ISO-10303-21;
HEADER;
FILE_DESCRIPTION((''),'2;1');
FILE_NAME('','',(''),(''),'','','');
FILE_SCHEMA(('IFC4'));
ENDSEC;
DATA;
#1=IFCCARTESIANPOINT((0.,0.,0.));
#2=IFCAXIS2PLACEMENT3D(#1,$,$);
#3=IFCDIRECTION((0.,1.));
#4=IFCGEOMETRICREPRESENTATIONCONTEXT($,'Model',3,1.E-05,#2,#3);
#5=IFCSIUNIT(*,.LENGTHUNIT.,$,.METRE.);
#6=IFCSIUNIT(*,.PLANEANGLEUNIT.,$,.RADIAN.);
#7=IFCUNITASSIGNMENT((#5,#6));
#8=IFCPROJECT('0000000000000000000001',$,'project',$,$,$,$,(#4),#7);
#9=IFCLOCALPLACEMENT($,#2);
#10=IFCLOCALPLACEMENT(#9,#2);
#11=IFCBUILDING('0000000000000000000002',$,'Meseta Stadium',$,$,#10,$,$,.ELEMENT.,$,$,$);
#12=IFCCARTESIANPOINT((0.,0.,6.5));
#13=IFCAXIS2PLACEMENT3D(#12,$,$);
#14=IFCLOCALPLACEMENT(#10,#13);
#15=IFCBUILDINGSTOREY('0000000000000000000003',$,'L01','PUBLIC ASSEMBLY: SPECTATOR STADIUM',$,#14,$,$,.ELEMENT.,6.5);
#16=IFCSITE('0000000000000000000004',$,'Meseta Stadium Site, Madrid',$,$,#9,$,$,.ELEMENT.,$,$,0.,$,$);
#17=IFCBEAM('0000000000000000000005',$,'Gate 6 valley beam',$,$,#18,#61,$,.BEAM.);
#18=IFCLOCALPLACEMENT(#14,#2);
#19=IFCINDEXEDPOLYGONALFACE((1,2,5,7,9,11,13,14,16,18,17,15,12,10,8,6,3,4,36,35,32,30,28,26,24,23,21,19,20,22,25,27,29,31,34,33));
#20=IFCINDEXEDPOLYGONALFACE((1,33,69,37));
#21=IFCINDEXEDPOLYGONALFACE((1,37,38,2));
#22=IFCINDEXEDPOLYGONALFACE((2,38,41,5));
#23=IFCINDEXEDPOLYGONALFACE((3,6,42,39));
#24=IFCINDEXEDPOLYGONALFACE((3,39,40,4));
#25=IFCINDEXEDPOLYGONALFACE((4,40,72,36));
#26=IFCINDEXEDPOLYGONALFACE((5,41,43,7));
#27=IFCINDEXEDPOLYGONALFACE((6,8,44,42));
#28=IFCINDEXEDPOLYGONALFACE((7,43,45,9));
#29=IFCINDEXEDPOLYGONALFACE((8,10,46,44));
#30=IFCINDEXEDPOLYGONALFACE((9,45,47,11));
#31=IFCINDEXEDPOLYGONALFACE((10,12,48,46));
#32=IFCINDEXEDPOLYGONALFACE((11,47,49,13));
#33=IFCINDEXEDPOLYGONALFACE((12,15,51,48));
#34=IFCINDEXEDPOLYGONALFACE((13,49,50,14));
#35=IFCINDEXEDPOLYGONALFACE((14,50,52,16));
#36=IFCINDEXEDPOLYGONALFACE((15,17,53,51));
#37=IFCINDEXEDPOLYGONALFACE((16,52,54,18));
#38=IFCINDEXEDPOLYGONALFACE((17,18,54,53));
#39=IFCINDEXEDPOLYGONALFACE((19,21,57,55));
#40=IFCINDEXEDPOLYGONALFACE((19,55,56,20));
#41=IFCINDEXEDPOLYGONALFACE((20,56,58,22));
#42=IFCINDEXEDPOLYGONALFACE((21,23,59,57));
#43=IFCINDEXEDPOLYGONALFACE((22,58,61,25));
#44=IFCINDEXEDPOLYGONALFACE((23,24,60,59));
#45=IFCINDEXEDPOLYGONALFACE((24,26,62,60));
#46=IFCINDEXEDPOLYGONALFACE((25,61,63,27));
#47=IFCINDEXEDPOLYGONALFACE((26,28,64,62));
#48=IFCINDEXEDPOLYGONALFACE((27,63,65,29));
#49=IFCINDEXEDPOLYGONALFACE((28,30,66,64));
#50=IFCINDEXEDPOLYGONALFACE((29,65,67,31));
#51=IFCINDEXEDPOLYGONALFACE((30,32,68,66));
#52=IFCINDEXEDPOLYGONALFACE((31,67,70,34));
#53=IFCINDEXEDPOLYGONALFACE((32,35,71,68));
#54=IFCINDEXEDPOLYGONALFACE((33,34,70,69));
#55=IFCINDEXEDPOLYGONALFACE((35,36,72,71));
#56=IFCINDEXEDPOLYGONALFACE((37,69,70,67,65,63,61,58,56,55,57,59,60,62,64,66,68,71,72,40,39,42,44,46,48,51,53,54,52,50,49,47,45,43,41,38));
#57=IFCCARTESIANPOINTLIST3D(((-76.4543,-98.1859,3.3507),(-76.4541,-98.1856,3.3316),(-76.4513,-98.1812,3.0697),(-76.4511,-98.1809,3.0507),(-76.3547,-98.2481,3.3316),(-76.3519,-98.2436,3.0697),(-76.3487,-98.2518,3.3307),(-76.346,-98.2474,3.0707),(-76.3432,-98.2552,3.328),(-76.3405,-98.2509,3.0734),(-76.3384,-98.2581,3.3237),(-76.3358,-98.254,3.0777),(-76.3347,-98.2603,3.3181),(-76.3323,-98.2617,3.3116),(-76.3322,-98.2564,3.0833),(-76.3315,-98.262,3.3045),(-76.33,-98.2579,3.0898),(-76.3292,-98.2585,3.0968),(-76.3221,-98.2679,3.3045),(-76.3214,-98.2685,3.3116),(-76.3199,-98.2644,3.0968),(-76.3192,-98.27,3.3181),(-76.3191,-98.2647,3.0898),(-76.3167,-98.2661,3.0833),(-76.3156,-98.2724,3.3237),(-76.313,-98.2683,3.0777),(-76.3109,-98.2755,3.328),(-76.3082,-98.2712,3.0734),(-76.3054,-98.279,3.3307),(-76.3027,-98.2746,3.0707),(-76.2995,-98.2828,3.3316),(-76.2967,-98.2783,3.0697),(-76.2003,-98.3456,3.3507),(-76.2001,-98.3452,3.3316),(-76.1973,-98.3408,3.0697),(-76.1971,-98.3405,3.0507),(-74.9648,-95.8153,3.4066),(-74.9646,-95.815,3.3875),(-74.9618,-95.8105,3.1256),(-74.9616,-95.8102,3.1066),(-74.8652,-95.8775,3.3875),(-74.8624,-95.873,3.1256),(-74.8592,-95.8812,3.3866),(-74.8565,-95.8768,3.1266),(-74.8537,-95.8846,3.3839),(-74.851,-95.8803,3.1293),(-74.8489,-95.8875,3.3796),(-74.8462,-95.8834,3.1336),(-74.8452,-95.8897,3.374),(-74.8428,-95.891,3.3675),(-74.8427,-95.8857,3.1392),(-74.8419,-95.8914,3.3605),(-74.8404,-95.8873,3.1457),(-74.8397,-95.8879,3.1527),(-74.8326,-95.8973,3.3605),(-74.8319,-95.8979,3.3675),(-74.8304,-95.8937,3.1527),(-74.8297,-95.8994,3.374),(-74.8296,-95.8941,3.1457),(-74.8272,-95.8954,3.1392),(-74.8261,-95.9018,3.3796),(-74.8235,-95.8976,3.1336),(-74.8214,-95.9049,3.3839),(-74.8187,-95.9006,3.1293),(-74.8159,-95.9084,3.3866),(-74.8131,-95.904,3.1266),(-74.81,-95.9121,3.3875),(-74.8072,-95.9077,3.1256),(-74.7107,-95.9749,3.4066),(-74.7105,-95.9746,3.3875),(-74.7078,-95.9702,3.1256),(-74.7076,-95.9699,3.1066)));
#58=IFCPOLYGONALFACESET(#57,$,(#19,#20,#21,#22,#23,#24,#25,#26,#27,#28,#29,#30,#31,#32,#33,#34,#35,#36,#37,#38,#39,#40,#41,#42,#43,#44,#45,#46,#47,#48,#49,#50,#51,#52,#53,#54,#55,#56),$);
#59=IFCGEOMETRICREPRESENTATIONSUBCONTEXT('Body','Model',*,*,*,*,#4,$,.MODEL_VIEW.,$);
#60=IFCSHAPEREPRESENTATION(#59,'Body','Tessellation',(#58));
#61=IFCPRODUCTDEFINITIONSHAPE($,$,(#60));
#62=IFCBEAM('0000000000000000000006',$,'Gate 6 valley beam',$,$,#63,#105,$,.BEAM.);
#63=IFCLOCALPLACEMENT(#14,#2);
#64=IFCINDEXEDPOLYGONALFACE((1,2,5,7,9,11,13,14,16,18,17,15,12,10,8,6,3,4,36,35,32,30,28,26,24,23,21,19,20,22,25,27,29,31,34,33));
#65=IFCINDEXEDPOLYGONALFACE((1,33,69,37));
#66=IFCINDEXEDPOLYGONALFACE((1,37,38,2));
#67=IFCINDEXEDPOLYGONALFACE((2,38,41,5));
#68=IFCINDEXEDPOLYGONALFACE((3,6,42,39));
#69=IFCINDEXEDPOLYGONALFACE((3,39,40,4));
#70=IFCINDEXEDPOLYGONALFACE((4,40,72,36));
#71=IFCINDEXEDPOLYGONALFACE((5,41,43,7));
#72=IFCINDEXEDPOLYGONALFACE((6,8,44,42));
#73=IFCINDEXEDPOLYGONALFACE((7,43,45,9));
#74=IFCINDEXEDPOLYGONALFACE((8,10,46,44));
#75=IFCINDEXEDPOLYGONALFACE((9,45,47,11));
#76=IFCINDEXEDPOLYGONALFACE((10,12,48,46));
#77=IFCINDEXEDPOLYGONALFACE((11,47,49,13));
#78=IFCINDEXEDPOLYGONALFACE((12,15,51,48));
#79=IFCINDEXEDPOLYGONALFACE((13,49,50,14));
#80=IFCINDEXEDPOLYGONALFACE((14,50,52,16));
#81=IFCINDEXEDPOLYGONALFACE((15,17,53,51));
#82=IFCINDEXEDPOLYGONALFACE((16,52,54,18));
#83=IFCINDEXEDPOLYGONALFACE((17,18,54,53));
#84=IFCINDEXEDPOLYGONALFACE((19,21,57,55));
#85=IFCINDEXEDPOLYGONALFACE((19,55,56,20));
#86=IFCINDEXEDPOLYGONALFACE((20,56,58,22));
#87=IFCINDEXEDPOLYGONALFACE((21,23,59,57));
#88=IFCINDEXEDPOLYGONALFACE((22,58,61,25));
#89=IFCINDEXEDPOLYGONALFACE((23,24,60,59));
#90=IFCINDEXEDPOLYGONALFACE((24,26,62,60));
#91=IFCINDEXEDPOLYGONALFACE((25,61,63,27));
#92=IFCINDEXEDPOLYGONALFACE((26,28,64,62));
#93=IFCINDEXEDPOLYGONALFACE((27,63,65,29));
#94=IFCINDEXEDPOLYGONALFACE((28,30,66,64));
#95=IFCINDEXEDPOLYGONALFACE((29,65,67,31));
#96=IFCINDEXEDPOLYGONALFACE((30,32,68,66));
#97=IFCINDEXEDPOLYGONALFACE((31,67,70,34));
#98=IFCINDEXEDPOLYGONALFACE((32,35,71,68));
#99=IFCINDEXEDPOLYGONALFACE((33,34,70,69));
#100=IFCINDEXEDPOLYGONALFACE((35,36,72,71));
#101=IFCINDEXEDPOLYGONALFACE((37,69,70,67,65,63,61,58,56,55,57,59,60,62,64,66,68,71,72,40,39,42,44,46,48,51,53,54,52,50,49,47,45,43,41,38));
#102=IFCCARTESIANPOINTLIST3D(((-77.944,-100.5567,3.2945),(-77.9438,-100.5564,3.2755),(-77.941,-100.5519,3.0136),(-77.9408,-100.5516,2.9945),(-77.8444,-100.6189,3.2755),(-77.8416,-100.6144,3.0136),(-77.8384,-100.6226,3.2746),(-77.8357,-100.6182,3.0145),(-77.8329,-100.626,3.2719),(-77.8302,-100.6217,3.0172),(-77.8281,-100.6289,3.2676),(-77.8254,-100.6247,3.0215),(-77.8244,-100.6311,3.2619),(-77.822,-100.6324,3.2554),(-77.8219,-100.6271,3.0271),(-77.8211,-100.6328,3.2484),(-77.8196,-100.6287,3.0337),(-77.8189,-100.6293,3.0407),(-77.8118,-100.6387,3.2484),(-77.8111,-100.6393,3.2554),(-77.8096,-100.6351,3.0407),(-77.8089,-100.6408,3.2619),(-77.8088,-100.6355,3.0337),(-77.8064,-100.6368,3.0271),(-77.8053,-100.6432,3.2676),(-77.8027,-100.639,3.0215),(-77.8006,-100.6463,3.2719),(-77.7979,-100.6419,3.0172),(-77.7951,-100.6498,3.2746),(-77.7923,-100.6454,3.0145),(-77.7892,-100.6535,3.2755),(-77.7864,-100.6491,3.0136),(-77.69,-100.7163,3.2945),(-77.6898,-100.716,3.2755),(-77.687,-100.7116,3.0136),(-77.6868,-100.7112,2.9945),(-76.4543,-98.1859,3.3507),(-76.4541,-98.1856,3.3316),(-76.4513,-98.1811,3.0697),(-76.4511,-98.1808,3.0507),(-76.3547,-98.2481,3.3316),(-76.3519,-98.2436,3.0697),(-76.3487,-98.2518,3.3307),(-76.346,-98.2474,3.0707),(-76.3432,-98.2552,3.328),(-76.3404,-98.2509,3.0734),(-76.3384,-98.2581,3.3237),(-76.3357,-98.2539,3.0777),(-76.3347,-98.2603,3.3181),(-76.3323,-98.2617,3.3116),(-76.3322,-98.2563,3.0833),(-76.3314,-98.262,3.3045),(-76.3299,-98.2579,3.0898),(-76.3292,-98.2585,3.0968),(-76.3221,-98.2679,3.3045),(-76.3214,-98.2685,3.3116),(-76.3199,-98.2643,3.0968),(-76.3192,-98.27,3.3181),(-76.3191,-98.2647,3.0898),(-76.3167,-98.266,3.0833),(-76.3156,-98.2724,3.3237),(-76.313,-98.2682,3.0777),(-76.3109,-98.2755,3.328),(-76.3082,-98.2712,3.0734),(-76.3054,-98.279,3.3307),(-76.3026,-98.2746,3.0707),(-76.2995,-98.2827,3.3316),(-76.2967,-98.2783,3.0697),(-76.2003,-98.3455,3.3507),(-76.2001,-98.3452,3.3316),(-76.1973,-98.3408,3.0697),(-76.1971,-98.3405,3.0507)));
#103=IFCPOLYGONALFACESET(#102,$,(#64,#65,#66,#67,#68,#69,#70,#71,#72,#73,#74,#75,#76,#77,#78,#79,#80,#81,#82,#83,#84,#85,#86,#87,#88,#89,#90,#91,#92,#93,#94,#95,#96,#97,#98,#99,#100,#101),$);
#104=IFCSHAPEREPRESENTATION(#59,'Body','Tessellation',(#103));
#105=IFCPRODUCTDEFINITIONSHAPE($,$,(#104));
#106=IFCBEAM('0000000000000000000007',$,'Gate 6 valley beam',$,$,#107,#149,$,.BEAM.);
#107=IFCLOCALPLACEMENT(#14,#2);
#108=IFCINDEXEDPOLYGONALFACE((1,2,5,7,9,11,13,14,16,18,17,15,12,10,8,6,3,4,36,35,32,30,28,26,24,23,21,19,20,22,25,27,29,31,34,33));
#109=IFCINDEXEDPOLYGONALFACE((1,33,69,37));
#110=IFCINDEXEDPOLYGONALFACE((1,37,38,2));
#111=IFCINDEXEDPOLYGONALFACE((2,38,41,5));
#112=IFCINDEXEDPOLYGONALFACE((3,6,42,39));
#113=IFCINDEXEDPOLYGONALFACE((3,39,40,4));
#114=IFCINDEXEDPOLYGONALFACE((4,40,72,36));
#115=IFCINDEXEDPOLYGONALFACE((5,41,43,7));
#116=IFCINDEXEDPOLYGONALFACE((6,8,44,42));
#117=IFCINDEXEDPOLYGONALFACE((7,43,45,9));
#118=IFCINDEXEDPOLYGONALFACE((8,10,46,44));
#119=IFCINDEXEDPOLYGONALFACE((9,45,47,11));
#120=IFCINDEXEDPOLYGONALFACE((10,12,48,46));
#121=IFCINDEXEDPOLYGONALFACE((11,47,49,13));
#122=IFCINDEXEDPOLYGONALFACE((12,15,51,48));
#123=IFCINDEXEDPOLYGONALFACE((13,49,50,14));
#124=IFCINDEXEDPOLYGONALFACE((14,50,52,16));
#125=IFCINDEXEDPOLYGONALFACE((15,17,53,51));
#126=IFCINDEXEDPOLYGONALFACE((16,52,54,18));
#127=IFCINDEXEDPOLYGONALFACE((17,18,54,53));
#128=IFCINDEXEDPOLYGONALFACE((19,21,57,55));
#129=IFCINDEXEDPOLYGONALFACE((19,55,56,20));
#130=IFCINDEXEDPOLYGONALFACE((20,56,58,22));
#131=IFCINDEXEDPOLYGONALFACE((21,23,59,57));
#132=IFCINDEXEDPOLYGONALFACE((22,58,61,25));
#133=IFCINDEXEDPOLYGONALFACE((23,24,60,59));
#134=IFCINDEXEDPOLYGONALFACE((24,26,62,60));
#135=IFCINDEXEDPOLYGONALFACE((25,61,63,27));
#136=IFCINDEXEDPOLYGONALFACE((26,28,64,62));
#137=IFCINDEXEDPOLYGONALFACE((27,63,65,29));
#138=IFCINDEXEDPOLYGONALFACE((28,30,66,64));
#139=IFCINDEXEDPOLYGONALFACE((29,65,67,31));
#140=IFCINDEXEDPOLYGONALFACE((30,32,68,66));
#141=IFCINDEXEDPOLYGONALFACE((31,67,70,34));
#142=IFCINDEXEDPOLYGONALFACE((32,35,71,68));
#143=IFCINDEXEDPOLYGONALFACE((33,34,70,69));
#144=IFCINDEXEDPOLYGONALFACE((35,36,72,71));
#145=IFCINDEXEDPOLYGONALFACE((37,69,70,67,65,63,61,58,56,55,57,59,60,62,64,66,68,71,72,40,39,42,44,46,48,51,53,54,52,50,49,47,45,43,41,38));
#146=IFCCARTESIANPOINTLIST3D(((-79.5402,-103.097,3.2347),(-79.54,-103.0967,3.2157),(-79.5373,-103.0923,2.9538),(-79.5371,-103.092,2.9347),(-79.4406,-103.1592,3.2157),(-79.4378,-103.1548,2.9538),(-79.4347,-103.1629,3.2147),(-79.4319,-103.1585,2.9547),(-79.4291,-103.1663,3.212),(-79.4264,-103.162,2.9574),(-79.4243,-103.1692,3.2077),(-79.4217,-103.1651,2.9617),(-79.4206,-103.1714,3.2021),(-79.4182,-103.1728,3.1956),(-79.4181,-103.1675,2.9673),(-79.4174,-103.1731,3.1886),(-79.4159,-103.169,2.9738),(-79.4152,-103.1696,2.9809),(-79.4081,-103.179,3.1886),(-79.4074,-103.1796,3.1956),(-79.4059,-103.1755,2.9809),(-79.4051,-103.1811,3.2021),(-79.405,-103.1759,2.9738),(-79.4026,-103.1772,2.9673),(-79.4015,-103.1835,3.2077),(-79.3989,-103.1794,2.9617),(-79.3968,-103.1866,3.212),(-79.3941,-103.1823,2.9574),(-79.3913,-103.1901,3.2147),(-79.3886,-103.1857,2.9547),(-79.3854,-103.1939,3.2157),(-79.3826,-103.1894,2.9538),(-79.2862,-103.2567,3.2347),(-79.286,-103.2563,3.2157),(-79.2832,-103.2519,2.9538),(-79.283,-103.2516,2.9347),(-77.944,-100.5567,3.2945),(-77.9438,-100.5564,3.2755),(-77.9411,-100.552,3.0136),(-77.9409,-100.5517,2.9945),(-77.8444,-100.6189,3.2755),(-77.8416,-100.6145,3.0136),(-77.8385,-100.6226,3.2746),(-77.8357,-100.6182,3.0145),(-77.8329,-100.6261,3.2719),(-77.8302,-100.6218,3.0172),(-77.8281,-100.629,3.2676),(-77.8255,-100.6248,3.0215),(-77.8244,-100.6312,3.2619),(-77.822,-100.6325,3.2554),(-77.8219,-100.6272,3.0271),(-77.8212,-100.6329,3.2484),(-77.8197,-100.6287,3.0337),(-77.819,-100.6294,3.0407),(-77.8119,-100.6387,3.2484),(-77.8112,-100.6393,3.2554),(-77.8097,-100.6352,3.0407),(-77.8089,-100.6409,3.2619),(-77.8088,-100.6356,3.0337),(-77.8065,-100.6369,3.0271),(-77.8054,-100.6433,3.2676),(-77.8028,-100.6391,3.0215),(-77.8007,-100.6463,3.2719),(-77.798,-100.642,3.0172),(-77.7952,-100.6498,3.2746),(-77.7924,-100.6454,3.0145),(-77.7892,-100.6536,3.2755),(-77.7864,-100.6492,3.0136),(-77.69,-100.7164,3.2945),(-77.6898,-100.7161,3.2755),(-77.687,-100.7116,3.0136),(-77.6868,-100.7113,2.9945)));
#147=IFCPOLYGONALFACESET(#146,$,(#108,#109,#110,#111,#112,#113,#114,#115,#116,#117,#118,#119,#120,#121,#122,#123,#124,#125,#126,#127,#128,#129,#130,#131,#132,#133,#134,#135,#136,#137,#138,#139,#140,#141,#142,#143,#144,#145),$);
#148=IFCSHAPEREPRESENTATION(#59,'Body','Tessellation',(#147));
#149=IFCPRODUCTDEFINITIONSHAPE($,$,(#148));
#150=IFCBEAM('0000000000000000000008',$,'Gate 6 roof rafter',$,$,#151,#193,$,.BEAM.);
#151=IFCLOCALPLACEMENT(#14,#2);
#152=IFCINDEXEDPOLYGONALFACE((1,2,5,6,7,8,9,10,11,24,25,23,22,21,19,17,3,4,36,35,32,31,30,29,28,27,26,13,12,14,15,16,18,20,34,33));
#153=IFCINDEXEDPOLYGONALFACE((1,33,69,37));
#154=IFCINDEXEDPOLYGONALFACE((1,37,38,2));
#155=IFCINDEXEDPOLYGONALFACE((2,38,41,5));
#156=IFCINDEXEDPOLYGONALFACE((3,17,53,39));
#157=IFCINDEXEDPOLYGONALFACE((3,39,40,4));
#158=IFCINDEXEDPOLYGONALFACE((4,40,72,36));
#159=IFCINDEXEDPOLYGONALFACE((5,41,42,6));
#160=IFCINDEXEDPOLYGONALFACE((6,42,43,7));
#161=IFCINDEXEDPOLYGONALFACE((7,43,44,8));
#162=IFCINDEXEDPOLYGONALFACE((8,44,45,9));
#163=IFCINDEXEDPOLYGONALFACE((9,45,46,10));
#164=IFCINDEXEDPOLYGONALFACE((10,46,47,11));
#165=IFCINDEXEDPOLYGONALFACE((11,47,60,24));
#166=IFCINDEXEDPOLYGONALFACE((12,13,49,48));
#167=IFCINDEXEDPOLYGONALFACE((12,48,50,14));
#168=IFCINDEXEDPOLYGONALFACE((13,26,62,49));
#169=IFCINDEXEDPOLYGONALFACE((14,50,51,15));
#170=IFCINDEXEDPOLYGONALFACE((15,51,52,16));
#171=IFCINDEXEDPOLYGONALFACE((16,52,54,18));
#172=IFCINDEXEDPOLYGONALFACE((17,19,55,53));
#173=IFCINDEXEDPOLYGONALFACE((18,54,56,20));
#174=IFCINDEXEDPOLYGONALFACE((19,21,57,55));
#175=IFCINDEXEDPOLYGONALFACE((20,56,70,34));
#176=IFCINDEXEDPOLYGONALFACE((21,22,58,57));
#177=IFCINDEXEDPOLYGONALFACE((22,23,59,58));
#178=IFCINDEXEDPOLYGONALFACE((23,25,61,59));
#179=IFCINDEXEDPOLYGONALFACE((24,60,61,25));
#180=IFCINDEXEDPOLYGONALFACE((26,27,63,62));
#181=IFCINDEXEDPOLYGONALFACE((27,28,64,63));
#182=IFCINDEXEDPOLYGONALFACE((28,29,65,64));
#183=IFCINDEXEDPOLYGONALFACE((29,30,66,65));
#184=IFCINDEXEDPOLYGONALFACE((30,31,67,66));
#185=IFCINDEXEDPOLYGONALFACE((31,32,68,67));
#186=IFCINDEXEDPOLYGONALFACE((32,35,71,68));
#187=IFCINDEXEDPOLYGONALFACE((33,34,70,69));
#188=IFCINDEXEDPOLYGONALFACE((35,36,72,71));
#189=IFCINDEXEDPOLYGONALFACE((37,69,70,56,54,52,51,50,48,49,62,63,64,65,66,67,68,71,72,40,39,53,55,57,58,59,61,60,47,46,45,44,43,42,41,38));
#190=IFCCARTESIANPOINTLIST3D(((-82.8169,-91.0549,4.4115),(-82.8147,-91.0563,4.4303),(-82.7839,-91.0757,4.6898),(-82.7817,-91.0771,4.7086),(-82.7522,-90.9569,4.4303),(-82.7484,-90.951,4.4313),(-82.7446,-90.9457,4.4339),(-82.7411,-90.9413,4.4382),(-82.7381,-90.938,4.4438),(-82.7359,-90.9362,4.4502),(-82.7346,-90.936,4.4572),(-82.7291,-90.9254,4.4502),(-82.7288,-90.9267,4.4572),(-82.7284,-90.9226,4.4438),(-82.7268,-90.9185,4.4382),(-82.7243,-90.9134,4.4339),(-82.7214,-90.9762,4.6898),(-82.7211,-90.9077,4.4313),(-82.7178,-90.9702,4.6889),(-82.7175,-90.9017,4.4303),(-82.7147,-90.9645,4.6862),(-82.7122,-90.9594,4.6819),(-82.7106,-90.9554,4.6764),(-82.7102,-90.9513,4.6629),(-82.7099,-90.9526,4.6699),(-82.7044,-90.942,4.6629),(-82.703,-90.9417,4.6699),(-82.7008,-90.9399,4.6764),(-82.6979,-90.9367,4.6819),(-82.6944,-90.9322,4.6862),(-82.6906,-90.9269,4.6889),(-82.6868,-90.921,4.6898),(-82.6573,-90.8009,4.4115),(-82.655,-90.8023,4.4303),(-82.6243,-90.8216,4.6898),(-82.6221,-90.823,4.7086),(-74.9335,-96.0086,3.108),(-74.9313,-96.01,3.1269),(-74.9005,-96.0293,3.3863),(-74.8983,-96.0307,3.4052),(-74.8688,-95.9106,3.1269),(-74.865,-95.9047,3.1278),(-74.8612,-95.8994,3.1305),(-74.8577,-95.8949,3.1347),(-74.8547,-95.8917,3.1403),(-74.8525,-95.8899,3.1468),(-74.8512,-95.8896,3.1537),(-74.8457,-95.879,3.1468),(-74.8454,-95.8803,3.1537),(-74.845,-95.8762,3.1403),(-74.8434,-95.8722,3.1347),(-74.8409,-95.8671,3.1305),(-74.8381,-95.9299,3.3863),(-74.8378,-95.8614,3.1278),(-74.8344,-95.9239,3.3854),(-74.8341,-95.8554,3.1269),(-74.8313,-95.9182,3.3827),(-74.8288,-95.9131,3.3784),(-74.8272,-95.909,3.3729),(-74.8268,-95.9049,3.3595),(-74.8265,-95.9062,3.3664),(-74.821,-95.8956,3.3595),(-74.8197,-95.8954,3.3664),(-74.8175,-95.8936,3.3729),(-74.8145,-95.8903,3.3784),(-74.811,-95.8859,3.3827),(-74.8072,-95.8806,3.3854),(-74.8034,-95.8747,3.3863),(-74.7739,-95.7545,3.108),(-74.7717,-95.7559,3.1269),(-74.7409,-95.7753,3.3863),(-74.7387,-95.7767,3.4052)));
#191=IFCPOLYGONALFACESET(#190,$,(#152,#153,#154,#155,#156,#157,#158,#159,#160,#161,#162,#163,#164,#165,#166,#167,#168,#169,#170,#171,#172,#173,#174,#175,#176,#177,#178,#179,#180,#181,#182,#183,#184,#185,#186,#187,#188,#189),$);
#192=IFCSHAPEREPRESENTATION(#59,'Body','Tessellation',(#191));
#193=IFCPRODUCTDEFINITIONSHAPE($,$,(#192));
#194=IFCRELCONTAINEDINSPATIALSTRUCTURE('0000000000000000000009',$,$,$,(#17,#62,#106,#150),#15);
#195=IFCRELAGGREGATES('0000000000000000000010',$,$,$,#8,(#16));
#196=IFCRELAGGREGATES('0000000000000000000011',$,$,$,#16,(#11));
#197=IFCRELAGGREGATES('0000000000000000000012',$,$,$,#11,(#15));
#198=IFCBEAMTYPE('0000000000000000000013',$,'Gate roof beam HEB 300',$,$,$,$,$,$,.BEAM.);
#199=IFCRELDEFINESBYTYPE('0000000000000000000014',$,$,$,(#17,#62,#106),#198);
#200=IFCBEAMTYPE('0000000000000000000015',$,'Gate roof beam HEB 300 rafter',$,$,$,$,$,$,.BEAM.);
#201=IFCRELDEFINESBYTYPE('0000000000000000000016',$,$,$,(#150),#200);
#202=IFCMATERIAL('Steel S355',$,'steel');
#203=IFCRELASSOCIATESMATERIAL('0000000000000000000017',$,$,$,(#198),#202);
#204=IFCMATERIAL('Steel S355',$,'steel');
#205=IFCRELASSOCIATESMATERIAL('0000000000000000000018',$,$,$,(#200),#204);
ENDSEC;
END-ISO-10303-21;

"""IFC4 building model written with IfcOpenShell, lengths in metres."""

from ifc_helpers import new_model, si_unit, direction, frame, origin, origin_2d, place, context, subcontext, project, spatial, i_section, extrude, material, material_profile, profile_set, type_object, element, save


model = new_model("IFC4")

# Units and contexts
model_context = context("Model", 3, precision=1e-05, world=origin(), true_north=direction((0.0, 1.0)))
body_context = subcontext(model_context, "Body", "Model", "MODEL_VIEW")
ifc_project = project(units=[si_unit("LENGTHUNIT", "METRE"), si_unit("PLANEANGLEUNIT", "RADIAN")], contexts=[model_context])

# Site, building, storey
site_placement = place(None, origin())
site = spatial("IfcSite", under=ifc_project, at=site_placement, Name="Meseta Stadium Site, Madrid", CompositionType="ELEMENT", RefElevation=0.0)
building_placement = place(site_placement, origin())
building = spatial("IfcBuilding", under=site, at=building_placement, Name="Meseta Stadium", CompositionType="ELEMENT")
storey_placement = place(building_placement, frame((0.0, 0.0, 6.5)))
storey = spatial("IfcBuildingStorey", under=building, at=storey_placement, Name="L01", Description="PUBLIC ASSEMBLY: SPECTATOR STADIUM", CompositionType="ELEMENT", Elevation=6.5)

# Beams
ifc_material_1 = material(Name="Steel S355", Category="steel")
ifc_material_profile_1 = material_profile(ifc_material_1, i_section(OverallWidth=0.3, OverallDepth=0.3, WebThickness=0.011, FlangeThickness=0.019, FilletRadius=0.0271, at=origin_2d()), Name="HEB 300")
ifc_profile_set_1 = profile_set([ifc_material_profile_1], Name="Steel S355")
beam_type_1 = type_object("IfcBeamType", Name="Gate roof beam HEB 300", PredefinedType="BEAM", material=ifc_profile_set_1)
beam_1_placement = place(storey_placement, frame((-74.8362, -95.8926, 3.2566), z_axis=(-0.531914, -0.846563, -0.019965), x_axis=(0.846732, -0.53202, 0.0)))
element("IfcBeam", 1, at=beam_1_placement, inside=storey, type_object=beam_type_1, Name="Gate 6 valley beam", PredefinedType="BEAM", context=body_context, shape_type="SweptSolid", body=[
    extrude(i_section(OverallWidth=0.3, OverallDepth=0.3, WebThickness=0.011, FlangeThickness=0.019, FilletRadius=0.0271, at=origin_2d()), origin(), (0.0, 0.0, 1.0), 2.8003),
])
beam_2_placement = place(storey_placement, frame((-76.3257, -98.2632, 3.2007), z_axis=(-0.531936, -0.846547, -0.02005), x_axis=(0.846717, -0.532043, 0.0)))
element("IfcBeam", 2, at=beam_2_placement, inside=storey, type_object=beam_type_1, Name="Gate 6 valley beam", PredefinedType="BEAM", context=body_context, shape_type="SweptSolid", body=[
    extrude(i_section(OverallWidth=0.3, OverallDepth=0.3, WebThickness=0.011, FlangeThickness=0.019, FilletRadius=0.0271, at=origin_2d()), origin(), (0.0, 0.0, 1.0), 2.8005),
])
beam_3_placement = place(storey_placement, frame((-77.8154, -100.634, 3.1445), z_axis=(-0.531933, -0.846552, -0.019933), x_axis=(0.84672, -0.532038, 0.0)))
element("IfcBeam", 3, at=beam_3_placement, inside=storey, type_object=beam_type_1, Name="Gate 6 valley beam", PredefinedType="BEAM", context=body_context, shape_type="SweptSolid", body=[
    extrude(i_section(OverallWidth=0.3, OverallDepth=0.3, WebThickness=0.011, FlangeThickness=0.019, FilletRadius=0.0271, at=origin_2d()), origin(), (0.0, 0.0, 1.0), 3.0007),
])
ifc_material_2 = material(Name="Steel S355", Category="steel")
ifc_material_profile_2 = material_profile(ifc_material_2, i_section(OverallWidth=0.3, OverallDepth=0.3, WebThickness=0.011, FlangeThickness=0.019, FilletRadius=0.0271, at=origin_2d()), Name="HEB 300")
ifc_profile_set_2 = profile_set([ifc_material_profile_2], Name="Steel S355")
beam_type_2 = type_object("IfcBeamType", Name="Gate roof beam HEB 300 rafter", PredefinedType="BEAM", material=ifc_profile_set_2)
beam_4_placement = place(storey_placement, frame((-82.7195, -90.939, 4.5601), z_axis=(0.838536, -0.526909, -0.138648), x_axis=(0.532048, 0.846714, 0.0)))
element("IfcBeam", 4, at=beam_4_placement, inside=storey, type_object=beam_type_2, Name="Gate 6 roof rafter", PredefinedType="BEAM", context=body_context, shape_type="SweptSolid", body=[
    extrude(i_section(OverallWidth=0.3, OverallDepth=0.3, WebThickness=0.011, FlangeThickness=0.019, FilletRadius=0.0271, at=origin_2d()), origin(), (0.0, 0.0, 1.0), 9.4014),
])

save(model, "model.ifc")
